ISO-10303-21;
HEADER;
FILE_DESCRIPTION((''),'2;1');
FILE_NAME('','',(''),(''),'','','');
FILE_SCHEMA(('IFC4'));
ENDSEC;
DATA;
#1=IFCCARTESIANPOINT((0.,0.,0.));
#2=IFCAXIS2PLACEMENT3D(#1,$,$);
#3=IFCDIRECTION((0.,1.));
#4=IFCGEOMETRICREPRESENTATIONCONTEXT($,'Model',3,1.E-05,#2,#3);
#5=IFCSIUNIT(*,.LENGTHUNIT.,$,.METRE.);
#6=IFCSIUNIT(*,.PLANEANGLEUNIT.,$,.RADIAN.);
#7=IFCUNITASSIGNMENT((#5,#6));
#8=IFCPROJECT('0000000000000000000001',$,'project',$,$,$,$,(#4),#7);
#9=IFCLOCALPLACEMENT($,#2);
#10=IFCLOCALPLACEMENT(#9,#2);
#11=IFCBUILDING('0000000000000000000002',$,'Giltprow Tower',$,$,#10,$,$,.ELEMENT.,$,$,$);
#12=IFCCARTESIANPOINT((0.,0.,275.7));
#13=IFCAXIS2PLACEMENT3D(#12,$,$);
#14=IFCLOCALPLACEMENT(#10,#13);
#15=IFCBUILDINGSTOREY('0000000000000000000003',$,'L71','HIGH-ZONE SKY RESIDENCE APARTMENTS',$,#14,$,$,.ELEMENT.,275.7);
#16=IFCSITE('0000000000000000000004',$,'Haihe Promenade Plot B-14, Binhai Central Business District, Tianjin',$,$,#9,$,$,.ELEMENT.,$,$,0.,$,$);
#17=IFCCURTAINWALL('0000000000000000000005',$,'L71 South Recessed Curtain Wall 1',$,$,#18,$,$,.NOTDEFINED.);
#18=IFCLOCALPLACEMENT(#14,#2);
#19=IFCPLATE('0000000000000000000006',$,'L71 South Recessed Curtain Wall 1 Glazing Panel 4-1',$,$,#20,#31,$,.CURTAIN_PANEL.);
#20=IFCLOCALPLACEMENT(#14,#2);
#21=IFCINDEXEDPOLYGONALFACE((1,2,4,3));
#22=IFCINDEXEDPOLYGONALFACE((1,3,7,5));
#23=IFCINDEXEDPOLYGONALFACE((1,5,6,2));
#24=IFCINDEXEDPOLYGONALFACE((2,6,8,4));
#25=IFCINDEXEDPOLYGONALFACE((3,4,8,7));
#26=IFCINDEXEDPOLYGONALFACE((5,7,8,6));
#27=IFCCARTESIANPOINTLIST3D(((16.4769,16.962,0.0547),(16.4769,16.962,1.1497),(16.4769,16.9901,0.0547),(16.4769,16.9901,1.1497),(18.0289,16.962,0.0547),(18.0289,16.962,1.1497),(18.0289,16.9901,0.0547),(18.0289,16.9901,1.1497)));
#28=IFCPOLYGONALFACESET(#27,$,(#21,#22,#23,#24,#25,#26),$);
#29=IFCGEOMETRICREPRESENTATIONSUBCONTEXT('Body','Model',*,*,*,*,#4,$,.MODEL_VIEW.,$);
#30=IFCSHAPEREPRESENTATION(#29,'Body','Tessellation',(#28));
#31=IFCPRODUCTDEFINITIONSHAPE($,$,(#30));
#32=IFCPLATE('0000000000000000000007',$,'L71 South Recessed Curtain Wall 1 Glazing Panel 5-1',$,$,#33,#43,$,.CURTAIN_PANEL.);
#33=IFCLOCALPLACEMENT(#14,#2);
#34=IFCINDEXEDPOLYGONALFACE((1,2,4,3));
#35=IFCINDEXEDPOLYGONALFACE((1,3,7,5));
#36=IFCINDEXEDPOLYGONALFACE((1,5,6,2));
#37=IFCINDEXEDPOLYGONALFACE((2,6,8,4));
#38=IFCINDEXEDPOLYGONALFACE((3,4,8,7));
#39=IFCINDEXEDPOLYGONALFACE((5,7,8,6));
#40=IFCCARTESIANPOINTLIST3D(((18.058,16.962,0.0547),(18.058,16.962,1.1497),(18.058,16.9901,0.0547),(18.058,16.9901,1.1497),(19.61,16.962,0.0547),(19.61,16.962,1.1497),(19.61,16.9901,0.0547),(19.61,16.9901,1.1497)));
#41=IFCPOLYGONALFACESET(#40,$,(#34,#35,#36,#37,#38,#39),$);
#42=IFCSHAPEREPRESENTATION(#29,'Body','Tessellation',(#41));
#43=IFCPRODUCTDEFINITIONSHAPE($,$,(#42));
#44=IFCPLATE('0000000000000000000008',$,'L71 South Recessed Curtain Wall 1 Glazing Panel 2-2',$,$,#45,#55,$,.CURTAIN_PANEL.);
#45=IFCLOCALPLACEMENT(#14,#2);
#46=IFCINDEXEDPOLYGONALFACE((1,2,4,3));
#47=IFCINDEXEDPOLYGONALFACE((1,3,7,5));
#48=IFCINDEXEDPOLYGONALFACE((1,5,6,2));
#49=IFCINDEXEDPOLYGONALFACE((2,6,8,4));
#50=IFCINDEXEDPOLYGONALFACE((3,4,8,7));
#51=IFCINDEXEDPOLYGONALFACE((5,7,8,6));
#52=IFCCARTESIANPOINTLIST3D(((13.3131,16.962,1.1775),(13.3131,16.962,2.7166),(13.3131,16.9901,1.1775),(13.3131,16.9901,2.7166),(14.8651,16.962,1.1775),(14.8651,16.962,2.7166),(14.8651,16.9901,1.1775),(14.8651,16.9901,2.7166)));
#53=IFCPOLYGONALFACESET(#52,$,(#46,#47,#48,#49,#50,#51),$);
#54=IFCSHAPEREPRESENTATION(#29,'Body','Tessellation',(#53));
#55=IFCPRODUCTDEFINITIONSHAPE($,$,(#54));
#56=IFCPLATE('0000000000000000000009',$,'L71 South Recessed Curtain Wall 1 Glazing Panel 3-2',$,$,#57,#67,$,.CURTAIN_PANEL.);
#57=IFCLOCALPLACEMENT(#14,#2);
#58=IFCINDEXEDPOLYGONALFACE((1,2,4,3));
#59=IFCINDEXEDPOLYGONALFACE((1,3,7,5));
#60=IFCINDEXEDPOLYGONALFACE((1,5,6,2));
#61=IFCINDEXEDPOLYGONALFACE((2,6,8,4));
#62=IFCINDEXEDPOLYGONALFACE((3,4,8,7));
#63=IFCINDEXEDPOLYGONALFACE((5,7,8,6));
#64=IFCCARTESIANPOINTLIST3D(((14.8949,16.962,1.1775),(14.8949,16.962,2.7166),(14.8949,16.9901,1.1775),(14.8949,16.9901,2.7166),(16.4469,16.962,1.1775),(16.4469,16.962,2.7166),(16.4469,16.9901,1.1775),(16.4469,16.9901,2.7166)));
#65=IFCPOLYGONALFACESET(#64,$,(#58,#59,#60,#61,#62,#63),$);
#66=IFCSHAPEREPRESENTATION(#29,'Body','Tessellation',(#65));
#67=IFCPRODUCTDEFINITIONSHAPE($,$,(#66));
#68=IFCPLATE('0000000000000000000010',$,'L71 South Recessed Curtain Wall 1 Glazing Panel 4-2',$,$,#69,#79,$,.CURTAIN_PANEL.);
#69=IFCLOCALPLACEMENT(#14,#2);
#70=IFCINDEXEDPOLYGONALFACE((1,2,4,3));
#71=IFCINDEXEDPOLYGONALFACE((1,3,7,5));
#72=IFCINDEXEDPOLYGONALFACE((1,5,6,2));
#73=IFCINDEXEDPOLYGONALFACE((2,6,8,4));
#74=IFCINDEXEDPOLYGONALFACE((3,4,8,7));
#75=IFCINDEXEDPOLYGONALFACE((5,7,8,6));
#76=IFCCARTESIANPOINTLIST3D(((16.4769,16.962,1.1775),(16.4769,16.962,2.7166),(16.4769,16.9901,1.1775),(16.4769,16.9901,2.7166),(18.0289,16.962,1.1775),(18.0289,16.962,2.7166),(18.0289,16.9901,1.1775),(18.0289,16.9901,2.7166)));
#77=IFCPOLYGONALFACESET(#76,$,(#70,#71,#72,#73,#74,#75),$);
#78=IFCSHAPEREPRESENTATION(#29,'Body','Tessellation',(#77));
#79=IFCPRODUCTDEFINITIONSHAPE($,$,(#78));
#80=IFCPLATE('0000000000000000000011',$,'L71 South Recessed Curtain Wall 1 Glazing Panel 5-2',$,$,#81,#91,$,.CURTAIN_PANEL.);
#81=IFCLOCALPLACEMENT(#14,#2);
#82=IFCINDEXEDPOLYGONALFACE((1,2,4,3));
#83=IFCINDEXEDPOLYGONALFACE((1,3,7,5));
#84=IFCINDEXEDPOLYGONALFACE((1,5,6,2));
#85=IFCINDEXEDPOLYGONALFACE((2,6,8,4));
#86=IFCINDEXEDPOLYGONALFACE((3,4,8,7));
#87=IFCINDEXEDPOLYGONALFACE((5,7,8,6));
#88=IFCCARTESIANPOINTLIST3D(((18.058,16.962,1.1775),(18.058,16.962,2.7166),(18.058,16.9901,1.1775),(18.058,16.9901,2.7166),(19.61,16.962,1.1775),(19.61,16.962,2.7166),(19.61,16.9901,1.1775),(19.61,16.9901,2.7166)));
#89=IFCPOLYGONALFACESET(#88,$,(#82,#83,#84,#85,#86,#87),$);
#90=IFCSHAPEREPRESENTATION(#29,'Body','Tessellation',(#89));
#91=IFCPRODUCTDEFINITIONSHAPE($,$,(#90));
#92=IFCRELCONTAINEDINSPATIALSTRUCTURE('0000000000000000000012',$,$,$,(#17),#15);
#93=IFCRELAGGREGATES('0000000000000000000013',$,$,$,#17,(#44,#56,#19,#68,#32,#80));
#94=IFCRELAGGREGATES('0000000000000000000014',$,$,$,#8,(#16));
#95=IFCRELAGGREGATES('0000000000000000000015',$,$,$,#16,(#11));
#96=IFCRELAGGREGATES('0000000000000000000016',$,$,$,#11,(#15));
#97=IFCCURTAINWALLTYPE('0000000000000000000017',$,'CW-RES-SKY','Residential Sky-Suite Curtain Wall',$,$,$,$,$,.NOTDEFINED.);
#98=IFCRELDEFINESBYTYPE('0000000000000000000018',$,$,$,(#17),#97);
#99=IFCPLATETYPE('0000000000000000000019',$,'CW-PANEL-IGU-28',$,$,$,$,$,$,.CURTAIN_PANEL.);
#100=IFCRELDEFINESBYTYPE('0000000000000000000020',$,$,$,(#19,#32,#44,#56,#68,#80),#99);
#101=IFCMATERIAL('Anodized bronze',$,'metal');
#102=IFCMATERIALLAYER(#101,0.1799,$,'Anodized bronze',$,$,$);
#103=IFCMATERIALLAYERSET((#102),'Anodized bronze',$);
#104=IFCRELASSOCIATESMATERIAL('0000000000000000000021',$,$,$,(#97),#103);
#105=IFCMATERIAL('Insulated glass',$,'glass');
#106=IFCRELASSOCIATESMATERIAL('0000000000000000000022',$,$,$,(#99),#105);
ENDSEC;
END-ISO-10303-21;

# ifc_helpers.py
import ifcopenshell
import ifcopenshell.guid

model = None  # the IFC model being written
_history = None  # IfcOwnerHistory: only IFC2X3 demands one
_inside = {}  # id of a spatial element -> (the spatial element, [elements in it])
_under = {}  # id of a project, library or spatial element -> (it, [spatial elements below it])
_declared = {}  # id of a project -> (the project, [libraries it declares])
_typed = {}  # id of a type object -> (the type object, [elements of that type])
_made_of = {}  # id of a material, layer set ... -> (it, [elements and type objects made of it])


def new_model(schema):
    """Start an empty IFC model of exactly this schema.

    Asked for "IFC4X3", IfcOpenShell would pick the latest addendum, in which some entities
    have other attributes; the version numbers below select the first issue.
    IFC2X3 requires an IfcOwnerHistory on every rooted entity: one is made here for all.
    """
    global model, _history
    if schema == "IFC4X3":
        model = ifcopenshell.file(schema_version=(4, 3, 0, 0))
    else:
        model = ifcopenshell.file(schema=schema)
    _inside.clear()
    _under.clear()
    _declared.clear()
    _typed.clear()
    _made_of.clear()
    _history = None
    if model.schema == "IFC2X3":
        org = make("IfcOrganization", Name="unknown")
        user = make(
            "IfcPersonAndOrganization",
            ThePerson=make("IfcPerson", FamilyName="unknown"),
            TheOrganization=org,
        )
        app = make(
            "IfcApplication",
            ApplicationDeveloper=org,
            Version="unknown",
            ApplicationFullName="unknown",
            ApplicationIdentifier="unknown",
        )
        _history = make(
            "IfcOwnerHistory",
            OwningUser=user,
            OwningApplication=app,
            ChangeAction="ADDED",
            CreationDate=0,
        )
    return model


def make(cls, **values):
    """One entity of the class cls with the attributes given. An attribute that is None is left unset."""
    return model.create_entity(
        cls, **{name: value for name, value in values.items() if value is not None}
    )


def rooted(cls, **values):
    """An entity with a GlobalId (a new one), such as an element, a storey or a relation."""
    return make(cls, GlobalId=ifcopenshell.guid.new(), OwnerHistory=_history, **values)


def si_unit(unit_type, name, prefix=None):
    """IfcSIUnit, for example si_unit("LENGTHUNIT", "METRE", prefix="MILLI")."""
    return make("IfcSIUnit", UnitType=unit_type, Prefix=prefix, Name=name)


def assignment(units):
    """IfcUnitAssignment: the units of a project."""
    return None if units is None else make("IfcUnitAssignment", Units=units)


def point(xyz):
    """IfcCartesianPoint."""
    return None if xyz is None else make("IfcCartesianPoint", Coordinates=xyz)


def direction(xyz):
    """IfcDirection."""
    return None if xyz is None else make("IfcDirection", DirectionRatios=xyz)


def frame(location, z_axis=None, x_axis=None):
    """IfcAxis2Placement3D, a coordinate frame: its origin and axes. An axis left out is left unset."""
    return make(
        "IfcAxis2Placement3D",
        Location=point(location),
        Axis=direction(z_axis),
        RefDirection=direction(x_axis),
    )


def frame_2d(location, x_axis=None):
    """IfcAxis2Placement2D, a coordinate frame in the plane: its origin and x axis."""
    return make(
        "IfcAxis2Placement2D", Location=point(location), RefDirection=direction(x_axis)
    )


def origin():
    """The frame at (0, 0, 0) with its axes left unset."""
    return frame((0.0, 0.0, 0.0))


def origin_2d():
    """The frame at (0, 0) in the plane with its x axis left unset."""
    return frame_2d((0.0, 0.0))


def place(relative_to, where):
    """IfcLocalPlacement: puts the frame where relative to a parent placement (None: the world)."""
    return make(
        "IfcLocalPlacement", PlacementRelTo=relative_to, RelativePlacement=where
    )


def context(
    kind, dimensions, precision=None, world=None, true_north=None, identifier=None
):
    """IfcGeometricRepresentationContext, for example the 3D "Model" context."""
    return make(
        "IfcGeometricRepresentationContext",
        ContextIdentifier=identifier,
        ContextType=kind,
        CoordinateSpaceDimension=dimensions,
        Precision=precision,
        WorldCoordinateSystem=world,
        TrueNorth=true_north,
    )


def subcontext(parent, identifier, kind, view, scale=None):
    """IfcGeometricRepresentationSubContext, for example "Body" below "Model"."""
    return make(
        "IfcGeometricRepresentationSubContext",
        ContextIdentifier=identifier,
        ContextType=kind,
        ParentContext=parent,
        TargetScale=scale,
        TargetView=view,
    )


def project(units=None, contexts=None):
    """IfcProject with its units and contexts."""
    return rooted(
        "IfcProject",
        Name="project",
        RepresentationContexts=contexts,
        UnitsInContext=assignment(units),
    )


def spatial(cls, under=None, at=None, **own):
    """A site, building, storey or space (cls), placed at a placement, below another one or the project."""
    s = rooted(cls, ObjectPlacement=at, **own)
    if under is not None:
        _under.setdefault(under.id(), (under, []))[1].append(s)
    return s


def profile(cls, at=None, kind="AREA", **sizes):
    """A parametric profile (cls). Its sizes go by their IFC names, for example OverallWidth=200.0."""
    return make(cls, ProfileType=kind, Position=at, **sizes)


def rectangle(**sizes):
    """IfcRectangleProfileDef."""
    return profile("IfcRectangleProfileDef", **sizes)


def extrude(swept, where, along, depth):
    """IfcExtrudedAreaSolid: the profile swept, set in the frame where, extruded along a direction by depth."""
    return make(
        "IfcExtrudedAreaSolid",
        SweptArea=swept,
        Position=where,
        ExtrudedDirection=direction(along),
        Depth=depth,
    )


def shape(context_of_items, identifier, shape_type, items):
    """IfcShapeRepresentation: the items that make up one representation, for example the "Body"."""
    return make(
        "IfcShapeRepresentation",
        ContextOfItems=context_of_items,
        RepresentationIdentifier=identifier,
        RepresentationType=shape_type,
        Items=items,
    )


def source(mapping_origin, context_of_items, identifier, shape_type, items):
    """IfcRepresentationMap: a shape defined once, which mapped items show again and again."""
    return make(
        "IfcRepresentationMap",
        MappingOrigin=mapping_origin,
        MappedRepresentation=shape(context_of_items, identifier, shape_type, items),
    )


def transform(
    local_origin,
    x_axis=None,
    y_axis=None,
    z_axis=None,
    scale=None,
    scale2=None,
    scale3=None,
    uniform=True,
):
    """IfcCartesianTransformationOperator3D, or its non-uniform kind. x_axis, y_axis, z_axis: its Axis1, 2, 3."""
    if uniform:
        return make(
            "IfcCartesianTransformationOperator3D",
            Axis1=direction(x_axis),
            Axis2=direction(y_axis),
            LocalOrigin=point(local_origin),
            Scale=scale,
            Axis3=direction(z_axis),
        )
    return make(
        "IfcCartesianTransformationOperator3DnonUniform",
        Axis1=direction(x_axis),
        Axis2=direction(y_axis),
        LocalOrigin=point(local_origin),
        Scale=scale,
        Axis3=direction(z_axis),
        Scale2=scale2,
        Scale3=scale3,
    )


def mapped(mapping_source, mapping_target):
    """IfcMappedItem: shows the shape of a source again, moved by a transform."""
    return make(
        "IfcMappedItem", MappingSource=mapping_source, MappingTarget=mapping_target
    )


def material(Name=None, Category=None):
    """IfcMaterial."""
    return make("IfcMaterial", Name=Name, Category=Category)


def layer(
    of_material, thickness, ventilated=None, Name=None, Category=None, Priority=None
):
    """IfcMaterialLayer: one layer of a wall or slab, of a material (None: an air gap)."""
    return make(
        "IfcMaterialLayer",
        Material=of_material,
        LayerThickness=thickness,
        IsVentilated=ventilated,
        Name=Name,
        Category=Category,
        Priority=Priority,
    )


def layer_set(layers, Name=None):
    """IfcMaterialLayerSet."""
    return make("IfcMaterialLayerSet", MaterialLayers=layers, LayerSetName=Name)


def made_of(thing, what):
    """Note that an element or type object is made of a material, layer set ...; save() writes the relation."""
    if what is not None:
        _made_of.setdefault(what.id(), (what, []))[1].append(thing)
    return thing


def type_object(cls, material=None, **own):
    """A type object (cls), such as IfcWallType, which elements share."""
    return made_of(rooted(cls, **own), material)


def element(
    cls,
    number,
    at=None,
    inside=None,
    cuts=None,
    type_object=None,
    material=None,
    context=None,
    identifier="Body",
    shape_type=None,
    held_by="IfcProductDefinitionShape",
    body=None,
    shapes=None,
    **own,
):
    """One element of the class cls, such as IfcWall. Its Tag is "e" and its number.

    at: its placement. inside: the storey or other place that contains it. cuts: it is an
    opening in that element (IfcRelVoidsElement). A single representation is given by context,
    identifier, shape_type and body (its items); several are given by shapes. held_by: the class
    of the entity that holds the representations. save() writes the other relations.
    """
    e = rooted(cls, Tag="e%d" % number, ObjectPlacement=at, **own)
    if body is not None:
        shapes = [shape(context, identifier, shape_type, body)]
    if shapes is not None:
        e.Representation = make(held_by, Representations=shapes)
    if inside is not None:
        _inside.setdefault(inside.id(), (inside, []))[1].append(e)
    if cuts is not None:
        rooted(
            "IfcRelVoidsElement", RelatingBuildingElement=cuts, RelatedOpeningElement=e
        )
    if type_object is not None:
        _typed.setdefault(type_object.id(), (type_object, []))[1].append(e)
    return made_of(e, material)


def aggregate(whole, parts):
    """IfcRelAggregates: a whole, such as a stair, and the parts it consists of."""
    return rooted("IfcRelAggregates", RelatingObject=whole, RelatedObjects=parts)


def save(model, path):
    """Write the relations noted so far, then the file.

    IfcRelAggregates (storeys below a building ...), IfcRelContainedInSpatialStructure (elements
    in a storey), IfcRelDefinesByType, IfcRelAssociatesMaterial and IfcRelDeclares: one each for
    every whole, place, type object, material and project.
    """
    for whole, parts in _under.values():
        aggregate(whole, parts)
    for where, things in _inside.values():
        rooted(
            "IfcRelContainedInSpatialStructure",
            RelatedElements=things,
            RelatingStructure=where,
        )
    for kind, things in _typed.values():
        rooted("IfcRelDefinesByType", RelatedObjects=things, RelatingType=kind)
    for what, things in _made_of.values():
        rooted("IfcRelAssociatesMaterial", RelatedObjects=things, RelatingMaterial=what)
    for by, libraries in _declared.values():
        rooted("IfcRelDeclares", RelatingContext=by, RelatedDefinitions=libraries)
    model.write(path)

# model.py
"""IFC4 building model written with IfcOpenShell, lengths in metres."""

from ifc_helpers import new_model, si_unit, direction, frame, origin, origin_2d, place, context, subcontext, project, spatial, rectangle, extrude, source, transform, mapped, material, layer, layer_set, type_object, element, aggregate, save


model = new_model("IFC4")

# Units and contexts
model_context = context("Model", 3, precision=1e-05, world=origin(), true_north=direction((0.0, 1.0)))
body_context = subcontext(model_context, "Body", "Model", "MODEL_VIEW")
ifc_project = project(units=[si_unit("LENGTHUNIT", "METRE"), si_unit("PLANEANGLEUNIT", "RADIAN")], contexts=[model_context])

# Site, building, storey
site_placement = place(None, origin())
site = spatial("IfcSite", under=ifc_project, at=site_placement, Name="Haihe Promenade Plot B-14, Binhai Central Business District, Tianjin", CompositionType="ELEMENT", RefElevation=0.0)
building_placement = place(site_placement, origin())
building = spatial("IfcBuilding", under=site, at=building_placement, Name="Giltprow Tower", CompositionType="ELEMENT")
storey_placement = place(building_placement, frame((0.0, 0.0, 275.7)))
storey = spatial("IfcBuildingStorey", under=building, at=storey_placement, Name="L71", Description="HIGH-ZONE SKY RESIDENCE APARTMENTS", CompositionType="ELEMENT", Elevation=275.7)

# Curtain wall
ifc_material_1 = material(Name="Anodized bronze", Category="metal")
ifc_layer = layer(ifc_material_1, 0.1799, Name="Anodized bronze")
ifc_layer_set = layer_set([ifc_layer], Name="Anodized bronze")
curtain_wall_type = type_object("IfcCurtainWallType", Name="CW-RES-SKY", Description="Residential Sky-Suite Curtain Wall", PredefinedType="NOTDEFINED", material=ifc_layer_set)
curtain_wall_placement = place(storey_placement, origin())
curtain_wall = element("IfcCurtainWall", 1, at=curtain_wall_placement, inside=storey, type_object=curtain_wall_type, Name="L71 South Recessed Curtain Wall 1", PredefinedType="NOTDEFINED")

# Plates
ifc_material_2 = material(Name="Insulated glass", Category="glass")
plate_type_1 = type_object("IfcPlateType", Name="CW-PANEL-IGU-28", PredefinedType="CURTAIN_PANEL", material=ifc_material_2)
shared_shape_1 = source(origin(), body_context, "Body", "SweptSolid", [
    extrude(rectangle(XDim=1.552, YDim=0.0281, at=origin_2d()), origin(), (0.0, 0.0, 1.0), 1.095),
])
plate_1_placement = place(storey_placement, frame((17.2529, 16.9761, 0.0547), z_axis=(0.0, 0.0, 1.0), x_axis=(1.0, 0.0, 0.0)))
plate_1 = element("IfcPlate", 2, at=plate_1_placement, type_object=plate_type_1, Name="L71 South Recessed Curtain Wall 1 Glazing Panel 4-1", PredefinedType="CURTAIN_PANEL", context=body_context, shape_type="MappedRepresentation", body=[
    mapped(shared_shape_1, transform((0.0, 0.0, 0.0), x_axis=(1.0, 0.0, 0.0), y_axis=(0.0, 1.0, 0.0), z_axis=(0.0, 0.0, 1.0), scale=1.0)),
])
plate_2_placement = place(storey_placement, frame((18.834, 16.9761, 0.0547), z_axis=(0.0, 0.0, 1.0), x_axis=(1.0, 0.0, 0.0)))
plate_2 = element("IfcPlate", 3, at=plate_2_placement, type_object=plate_type_1, Name="L71 South Recessed Curtain Wall 1 Glazing Panel 5-1", PredefinedType="CURTAIN_PANEL", context=body_context, shape_type="MappedRepresentation", body=[
    mapped(shared_shape_1, transform((0.0, 0.0, 0.0), x_axis=(1.0, 0.0, 0.0), y_axis=(0.0, 1.0, 0.0), z_axis=(0.0, 0.0, 1.0), scale=1.0)),
])
shared_shape_2 = source(origin(), body_context, "Body", "SweptSolid", [
    extrude(rectangle(XDim=1.552, YDim=0.0281, at=origin_2d()), origin(), (0.0, 0.0, 1.0), 1.5391),
])
plate_3_placement = place(storey_placement, frame((14.0891, 16.9761, 1.1775), z_axis=(0.0, 0.0, 1.0), x_axis=(1.0, 0.0, 0.0)))
plate_3 = element("IfcPlate", 4, at=plate_3_placement, type_object=plate_type_1, Name="L71 South Recessed Curtain Wall 1 Glazing Panel 2-2", PredefinedType="CURTAIN_PANEL", context=body_context, shape_type="MappedRepresentation", body=[
    mapped(shared_shape_2, transform((0.0, 0.0, 0.0), x_axis=(1.0, 0.0, 0.0), y_axis=(0.0, 1.0, 0.0), z_axis=(0.0, 0.0, 1.0), scale=1.0)),
])
plate_4_placement = place(storey_placement, frame((15.6709, 16.9761, 1.1775), z_axis=(0.0, 0.0, 1.0), x_axis=(1.0, 0.0, 0.0)))
plate_4 = element("IfcPlate", 5, at=plate_4_placement, type_object=plate_type_1, Name="L71 South Recessed Curtain Wall 1 Glazing Panel 3-2", PredefinedType="CURTAIN_PANEL", context=body_context, shape_type="MappedRepresentation", body=[
    mapped(shared_shape_2, transform((0.0, 0.0, 0.0), x_axis=(1.0, 0.0, 0.0), y_axis=(0.0, 1.0, 0.0), z_axis=(0.0, 0.0, 1.0), scale=1.0)),
])
plate_5_placement = place(storey_placement, frame((17.2529, 16.9761, 1.1775), z_axis=(0.0, 0.0, 1.0), x_axis=(1.0, 0.0, 0.0)))
plate_5 = element("IfcPlate", 6, at=plate_5_placement, type_object=plate_type_1, Name="L71 South Recessed Curtain Wall 1 Glazing Panel 4-2", PredefinedType="CURTAIN_PANEL", context=body_context, shape_type="MappedRepresentation", body=[
    mapped(shared_shape_2, transform((0.0, 0.0, 0.0), x_axis=(1.0, 0.0, 0.0), y_axis=(0.0, 1.0, 0.0), z_axis=(0.0, 0.0, 1.0), scale=1.0)),
])
plate_6_placement = place(storey_placement, frame((18.834, 16.9761, 1.1775), z_axis=(0.0, 0.0, 1.0), x_axis=(1.0, 0.0, 0.0)))
plate_6 = element("IfcPlate", 7, at=plate_6_placement, type_object=plate_type_1, Name="L71 South Recessed Curtain Wall 1 Glazing Panel 5-2", PredefinedType="CURTAIN_PANEL", context=body_context, shape_type="MappedRepresentation", body=[
    mapped(shared_shape_2, transform((0.0, 0.0, 0.0), x_axis=(1.0, 0.0, 0.0), y_axis=(0.0, 1.0, 0.0), z_axis=(0.0, 0.0, 1.0), scale=1.0)),
])
aggregate(curtain_wall, [plate_3, plate_4, plate_1, plate_5, plate_2, plate_6])

save(model, "model.ifc")
